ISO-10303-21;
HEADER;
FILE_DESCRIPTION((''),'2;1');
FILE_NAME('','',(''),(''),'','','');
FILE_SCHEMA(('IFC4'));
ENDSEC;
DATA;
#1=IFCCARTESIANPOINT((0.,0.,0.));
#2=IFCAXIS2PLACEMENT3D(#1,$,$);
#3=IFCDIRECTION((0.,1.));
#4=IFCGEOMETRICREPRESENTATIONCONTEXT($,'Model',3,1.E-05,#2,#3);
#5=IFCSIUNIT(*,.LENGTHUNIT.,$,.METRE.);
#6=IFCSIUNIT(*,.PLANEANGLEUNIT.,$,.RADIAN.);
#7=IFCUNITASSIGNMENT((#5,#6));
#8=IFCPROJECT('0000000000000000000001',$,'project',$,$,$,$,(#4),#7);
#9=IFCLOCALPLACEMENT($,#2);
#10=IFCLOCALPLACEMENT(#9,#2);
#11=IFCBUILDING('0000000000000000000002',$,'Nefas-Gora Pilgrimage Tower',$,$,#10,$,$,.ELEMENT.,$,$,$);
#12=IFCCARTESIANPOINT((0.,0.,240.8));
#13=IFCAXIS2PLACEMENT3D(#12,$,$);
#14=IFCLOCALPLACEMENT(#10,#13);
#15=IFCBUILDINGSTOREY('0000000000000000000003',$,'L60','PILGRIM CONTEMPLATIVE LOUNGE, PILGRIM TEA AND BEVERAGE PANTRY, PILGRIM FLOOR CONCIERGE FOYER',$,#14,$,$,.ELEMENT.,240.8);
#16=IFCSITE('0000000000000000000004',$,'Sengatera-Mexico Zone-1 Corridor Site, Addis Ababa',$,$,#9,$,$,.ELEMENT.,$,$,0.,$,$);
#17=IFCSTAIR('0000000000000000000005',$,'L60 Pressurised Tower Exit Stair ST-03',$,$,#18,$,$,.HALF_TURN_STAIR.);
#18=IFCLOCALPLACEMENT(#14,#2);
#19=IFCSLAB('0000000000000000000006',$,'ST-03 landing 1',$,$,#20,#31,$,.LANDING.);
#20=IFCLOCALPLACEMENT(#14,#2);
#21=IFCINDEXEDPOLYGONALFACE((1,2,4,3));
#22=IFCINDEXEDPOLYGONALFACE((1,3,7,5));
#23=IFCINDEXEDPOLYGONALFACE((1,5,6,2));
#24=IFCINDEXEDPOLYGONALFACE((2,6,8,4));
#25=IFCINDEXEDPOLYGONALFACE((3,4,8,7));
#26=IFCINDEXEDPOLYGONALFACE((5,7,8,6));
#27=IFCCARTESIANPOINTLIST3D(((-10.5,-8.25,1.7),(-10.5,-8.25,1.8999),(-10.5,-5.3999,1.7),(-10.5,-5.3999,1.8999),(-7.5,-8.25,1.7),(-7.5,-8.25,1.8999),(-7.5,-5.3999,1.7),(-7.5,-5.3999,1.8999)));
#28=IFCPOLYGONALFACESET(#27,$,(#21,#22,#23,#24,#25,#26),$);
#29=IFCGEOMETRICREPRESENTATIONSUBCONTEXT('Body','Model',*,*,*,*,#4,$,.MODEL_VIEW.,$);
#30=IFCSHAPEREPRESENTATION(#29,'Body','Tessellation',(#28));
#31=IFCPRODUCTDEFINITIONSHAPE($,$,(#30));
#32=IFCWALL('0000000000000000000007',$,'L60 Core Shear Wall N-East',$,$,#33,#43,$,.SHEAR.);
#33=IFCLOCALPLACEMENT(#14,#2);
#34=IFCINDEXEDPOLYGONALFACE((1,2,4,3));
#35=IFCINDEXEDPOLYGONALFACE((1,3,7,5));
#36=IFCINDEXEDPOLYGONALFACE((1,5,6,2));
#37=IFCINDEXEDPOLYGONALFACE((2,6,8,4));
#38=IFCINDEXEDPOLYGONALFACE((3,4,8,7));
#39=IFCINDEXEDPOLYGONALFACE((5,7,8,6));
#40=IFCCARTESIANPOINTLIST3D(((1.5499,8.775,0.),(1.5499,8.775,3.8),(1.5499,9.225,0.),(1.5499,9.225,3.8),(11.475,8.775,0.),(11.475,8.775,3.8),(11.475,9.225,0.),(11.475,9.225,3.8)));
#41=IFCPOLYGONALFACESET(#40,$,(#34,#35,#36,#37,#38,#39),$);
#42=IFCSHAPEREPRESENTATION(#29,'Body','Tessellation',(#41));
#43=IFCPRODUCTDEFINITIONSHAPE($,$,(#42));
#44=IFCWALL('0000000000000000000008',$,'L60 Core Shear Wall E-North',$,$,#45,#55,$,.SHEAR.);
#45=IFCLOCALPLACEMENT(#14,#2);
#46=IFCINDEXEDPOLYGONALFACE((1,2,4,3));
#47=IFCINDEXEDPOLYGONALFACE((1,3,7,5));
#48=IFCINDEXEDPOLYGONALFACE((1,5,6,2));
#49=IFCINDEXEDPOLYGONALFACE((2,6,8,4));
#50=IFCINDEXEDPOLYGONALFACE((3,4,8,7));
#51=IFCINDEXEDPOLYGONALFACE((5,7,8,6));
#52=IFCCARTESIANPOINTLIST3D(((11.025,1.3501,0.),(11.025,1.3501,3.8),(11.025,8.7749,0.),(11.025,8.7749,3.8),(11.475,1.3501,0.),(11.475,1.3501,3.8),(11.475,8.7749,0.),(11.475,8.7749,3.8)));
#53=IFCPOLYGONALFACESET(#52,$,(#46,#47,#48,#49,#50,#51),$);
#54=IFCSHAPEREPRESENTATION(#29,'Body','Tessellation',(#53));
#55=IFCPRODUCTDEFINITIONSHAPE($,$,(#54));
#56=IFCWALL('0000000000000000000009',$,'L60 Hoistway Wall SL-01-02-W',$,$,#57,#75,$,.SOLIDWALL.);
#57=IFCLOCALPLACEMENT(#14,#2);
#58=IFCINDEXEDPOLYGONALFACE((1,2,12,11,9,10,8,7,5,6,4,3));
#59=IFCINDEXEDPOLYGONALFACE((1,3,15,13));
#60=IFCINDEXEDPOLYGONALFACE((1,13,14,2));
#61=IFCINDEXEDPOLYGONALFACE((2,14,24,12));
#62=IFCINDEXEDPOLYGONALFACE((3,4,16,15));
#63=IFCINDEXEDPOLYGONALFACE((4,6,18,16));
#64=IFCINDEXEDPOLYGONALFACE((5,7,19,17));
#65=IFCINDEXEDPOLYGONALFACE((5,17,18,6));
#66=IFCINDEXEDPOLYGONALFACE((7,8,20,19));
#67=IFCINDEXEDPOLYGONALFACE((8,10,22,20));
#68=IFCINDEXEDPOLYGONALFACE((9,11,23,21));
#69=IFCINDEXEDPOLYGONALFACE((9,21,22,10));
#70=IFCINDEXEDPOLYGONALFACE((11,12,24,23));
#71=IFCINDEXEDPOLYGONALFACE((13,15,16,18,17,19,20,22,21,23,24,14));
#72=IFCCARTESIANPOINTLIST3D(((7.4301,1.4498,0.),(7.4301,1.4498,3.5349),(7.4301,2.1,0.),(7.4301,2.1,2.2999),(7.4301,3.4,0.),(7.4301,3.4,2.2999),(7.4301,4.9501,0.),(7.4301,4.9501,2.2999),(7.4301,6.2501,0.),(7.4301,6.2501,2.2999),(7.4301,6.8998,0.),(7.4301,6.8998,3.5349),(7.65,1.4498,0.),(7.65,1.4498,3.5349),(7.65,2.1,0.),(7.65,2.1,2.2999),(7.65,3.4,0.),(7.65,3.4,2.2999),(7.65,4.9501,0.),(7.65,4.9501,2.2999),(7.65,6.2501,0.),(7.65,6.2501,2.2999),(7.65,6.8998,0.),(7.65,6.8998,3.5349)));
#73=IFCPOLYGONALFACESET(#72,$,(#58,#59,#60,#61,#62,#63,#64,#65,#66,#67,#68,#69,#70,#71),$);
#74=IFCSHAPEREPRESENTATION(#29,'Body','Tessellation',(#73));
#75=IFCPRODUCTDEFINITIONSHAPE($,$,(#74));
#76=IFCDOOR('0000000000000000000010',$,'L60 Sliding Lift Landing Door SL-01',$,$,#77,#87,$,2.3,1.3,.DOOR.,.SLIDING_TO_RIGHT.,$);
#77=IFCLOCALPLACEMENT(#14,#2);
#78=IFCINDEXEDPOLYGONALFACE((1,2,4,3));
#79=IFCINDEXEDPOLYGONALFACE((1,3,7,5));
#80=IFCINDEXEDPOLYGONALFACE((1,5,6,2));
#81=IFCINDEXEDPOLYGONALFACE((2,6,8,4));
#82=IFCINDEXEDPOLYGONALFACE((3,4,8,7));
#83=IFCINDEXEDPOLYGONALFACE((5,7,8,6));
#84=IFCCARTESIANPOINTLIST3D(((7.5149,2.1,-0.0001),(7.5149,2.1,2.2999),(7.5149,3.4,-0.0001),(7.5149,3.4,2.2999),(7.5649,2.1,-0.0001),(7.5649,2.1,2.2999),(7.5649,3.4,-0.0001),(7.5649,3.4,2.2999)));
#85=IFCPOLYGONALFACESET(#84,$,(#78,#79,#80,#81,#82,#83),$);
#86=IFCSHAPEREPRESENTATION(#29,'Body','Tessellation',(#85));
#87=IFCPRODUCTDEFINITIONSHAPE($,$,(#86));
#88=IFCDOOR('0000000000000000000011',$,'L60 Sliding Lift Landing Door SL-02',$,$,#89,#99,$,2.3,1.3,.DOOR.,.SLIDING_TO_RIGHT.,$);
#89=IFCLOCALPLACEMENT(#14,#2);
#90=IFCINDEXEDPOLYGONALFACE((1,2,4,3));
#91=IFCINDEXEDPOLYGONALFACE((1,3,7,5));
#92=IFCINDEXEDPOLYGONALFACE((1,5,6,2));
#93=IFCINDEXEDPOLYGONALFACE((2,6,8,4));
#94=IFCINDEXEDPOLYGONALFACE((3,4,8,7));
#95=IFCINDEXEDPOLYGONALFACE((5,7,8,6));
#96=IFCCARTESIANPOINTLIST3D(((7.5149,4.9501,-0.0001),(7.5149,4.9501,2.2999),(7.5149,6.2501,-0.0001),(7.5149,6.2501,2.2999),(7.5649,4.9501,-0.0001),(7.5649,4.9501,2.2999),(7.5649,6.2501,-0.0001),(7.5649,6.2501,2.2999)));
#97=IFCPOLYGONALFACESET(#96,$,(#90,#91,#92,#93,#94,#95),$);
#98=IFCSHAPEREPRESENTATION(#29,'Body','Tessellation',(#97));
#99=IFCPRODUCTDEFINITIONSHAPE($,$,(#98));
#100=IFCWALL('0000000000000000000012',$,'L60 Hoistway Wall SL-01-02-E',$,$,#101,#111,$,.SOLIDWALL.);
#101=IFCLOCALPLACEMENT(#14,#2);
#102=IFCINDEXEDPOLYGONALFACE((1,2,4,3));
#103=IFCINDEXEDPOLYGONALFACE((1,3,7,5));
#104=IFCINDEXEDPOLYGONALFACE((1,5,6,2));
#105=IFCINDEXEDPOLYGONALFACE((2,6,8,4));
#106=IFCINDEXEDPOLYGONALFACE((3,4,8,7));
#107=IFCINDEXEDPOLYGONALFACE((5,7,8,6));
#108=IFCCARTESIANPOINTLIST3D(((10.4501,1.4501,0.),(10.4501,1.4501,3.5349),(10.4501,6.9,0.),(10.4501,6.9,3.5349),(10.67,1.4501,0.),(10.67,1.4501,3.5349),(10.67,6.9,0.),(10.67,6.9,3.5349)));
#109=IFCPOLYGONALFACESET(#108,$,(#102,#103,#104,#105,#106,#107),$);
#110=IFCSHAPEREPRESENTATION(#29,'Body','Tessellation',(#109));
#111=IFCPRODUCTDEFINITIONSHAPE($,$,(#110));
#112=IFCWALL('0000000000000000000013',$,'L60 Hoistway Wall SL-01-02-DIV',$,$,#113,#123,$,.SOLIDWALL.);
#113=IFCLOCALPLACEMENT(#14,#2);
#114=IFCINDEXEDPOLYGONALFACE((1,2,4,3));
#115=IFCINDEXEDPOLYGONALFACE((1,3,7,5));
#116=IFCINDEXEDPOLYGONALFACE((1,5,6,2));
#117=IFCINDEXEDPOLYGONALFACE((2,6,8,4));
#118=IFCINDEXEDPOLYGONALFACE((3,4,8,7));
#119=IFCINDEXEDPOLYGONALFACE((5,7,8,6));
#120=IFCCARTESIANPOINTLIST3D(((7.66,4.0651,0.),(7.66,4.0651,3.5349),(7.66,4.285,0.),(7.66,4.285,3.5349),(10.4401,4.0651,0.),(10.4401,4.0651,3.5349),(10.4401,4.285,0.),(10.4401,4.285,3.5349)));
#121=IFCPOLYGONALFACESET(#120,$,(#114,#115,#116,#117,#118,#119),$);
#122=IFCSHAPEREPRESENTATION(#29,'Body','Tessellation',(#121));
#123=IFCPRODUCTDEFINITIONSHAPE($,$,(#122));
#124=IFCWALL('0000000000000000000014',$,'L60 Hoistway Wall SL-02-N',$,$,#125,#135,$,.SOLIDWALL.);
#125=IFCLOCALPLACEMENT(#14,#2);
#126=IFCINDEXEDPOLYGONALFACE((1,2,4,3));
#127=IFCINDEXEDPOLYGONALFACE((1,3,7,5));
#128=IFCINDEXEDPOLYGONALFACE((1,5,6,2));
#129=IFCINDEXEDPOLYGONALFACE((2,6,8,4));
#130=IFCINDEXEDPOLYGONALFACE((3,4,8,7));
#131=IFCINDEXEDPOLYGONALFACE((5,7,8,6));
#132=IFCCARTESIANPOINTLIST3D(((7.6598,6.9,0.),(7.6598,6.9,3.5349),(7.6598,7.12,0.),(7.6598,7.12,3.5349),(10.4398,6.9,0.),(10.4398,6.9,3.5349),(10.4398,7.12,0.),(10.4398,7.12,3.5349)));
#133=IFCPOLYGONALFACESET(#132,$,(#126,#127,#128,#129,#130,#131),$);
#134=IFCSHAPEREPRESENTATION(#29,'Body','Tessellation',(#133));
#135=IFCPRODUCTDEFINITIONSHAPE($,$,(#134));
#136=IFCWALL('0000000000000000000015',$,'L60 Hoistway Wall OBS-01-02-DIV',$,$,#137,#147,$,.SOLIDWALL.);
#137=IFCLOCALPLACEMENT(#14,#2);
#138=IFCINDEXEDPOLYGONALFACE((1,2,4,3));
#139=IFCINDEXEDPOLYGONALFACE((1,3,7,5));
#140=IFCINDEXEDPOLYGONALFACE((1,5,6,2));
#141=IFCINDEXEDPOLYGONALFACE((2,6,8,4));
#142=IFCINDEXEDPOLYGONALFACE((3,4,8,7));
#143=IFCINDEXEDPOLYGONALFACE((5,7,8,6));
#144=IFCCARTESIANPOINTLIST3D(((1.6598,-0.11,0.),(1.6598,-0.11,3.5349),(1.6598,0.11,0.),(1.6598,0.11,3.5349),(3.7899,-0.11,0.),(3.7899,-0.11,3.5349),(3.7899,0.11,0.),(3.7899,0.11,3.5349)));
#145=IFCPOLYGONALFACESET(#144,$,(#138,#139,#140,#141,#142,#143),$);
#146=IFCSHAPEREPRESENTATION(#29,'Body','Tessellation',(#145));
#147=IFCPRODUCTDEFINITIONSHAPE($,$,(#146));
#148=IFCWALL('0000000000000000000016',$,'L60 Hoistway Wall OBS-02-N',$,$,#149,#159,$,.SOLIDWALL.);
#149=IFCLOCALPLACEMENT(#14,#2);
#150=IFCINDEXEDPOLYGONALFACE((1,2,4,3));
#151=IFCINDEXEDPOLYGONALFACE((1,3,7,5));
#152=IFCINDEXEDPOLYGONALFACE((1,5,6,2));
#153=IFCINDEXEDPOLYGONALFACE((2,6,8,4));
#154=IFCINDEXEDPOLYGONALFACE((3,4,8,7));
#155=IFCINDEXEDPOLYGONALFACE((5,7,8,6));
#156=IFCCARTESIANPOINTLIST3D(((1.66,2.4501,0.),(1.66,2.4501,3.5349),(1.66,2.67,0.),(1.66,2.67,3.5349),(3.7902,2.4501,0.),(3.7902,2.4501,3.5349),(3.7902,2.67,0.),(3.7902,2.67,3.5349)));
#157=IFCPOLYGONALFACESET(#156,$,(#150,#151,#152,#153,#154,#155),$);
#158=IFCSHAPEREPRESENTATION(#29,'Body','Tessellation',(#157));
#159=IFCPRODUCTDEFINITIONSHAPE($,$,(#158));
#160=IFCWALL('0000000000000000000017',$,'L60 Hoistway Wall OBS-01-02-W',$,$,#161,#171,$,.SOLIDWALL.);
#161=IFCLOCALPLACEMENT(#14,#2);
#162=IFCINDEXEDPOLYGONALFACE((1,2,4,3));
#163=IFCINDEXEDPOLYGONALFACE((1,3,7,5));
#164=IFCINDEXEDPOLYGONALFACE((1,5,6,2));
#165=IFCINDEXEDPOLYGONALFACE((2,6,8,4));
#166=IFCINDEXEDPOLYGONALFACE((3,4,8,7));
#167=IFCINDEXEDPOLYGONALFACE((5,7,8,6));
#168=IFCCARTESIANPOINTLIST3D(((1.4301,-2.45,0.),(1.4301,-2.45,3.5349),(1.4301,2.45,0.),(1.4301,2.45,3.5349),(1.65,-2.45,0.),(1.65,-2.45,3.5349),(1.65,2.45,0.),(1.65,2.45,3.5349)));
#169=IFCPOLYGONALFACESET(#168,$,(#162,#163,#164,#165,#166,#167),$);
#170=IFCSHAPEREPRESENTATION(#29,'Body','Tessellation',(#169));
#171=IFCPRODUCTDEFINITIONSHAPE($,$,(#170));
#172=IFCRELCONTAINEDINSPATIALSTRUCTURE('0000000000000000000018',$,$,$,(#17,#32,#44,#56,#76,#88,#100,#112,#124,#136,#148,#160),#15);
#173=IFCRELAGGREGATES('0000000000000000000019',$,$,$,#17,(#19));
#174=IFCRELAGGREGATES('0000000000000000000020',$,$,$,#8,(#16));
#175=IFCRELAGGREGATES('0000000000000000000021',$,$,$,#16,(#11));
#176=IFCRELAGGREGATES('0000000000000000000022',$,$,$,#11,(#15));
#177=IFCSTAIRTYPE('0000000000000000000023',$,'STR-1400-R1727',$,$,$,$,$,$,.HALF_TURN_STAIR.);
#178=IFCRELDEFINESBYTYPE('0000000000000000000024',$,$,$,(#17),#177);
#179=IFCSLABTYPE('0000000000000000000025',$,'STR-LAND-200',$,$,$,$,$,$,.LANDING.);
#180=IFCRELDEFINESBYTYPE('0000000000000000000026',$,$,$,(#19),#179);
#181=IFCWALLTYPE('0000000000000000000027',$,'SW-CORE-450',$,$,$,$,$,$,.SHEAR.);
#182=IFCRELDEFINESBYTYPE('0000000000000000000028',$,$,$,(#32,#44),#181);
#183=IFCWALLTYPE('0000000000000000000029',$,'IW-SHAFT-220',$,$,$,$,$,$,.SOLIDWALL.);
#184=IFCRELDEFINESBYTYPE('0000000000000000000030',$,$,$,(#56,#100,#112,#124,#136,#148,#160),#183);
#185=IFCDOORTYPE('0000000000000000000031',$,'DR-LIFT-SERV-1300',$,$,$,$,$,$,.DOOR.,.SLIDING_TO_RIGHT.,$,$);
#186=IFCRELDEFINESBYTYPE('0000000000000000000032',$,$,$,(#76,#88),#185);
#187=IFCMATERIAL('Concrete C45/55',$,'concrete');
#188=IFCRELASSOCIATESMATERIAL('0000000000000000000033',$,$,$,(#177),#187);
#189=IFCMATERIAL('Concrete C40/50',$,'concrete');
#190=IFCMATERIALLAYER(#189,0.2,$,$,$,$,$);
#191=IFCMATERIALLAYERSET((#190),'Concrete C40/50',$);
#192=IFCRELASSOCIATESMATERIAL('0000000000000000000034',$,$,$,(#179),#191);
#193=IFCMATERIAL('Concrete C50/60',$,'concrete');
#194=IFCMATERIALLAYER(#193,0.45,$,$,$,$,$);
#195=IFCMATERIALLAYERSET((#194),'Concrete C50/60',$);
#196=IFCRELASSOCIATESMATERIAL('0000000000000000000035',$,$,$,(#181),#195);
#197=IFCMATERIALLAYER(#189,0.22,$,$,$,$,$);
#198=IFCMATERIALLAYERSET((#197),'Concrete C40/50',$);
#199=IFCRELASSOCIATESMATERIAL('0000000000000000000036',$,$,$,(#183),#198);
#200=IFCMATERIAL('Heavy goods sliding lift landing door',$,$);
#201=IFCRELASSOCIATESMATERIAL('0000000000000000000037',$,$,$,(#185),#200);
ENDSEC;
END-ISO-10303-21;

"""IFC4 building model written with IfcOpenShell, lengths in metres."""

from ifc_helpers import new_model, si_unit, direction, frame, frame_2d, origin, place, context, subcontext, project, spatial, polyline, rectangle, outline, extrude, source, transform, mapped, material, layer, layer_set, type_object, element, fill, aggregate, save


model = new_model("IFC4")

# Units and contexts
model_context = context("Model", 3, precision=1e-05, world=origin(), true_north=direction((0.0, 1.0)))
body_context = subcontext(model_context, "Body", "Model", "MODEL_VIEW")
ifc_project = project(units=[si_unit("LENGTHUNIT", "METRE"), si_unit("PLANEANGLEUNIT", "RADIAN")], contexts=[model_context])

# Site, building, storey
site_placement = place(None, origin())
site = spatial("IfcSite", under=ifc_project, at=site_placement, Name="Sengatera-Mexico Zone-1 Corridor Site, Addis Ababa", CompositionType="ELEMENT", RefElevation=0.0)
building_placement = place(site_placement, origin())
building = spatial("IfcBuilding", under=site, at=building_placement, Name="Nefas-Gora Pilgrimage Tower", CompositionType="ELEMENT")
storey_placement = place(building_placement, frame((0.0, 0.0, 240.8)))
storey = spatial("IfcBuildingStorey", under=building, at=storey_placement, Name="L60", Description="PILGRIM CONTEMPLATIVE LOUNGE, PILGRIM TEA AND BEVERAGE PANTRY, PILGRIM FLOOR CONCIERGE FOYER", CompositionType="ELEMENT", Elevation=240.8)

# Stair, slab
ifc_material_1 = material(Name="Concrete C45/55", Category="concrete")
stair_type = type_object("IfcStairType", Name="STR-1400-R1727", PredefinedType="HALF_TURN_STAIR", material=ifc_material_1)
ifc_material_2 = material(Name="Concrete C40/50", Category="concrete")
ifc_layer_1 = layer(ifc_material_2, 0.2)
ifc_layer_set_1 = layer_set([ifc_layer_1], Name="Concrete C40/50")
slab_type = type_object("IfcSlabType", Name="STR-LAND-200", PredefinedType="LANDING", material=ifc_layer_set_1)
stair_1_placement = place(storey_placement, origin())
stair_1 = element("IfcStair", 1, at=stair_1_placement, inside=storey, type_object=stair_type, Name="L60 Pressurised Tower Exit Stair ST-03", PredefinedType="HALF_TURN_STAIR")
slab_1_placement = place(storey_placement, frame((0.0, 0.0, 1.7)))
slab_1 = element("IfcSlab", 2, at=slab_1_placement, type_object=slab_type, Name="ST-03 landing 1", PredefinedType="LANDING", context=body_context, shape_type="SweptSolid", body=[
    extrude(outline(polyline([(-10.5, -5.3999), (-10.5, -8.25), (-7.5, -8.25), (-7.5, -5.3999), (-10.5, -5.3999)])), origin(), (0.0, 0.0, 1.0), 0.2),
])
aggregate(stair_1, [slab_1])

# Walls
ifc_material_3 = material(Name="Concrete C50/60", Category="concrete")
ifc_layer_2 = layer(ifc_material_3, 0.45)
ifc_layer_set_2 = layer_set([ifc_layer_2], Name="Concrete C50/60")
wall_type_1 = type_object("IfcWallType", Name="SW-CORE-450", PredefinedType="SHEAR", material=ifc_layer_set_2)
shared_shape_1 = source(origin(), body_context, "Body", "SweptSolid", [
    extrude(rectangle(XDim=9.925, YDim=0.45, at=frame_2d((4.9624, 0.0))), origin(), (0.0, 0.0, 1.0), 3.8),
])
wall_1_placement = place(storey_placement, frame((1.55, 9.0, 0.0), z_axis=(0.0, 0.0, 1.0), x_axis=(1.0, 0.0, 0.0)))
element("IfcWall", 3, at=wall_1_placement, inside=storey, type_object=wall_type_1, Name="L60 Core Shear Wall N-East", PredefinedType="SHEAR", context=body_context, shape_type="MappedRepresentation", body=[
    mapped(shared_shape_1, transform((0.0, 0.0, 0.0), x_axis=(1.0, 0.0, 0.0), y_axis=(0.0, 1.0, 0.0), z_axis=(0.0, 0.0, 1.0), scale=1.0)),
])
shared_shape_2 = source(origin(), body_context, "Body", "SweptSolid", [
    extrude(rectangle(XDim=7.4248, YDim=0.45, at=frame_2d((3.7124, 0.0))), origin(), (0.0, 0.0, 1.0), 3.8),
])
wall_2_placement = place(storey_placement, frame((11.25, 1.3501, 0.0), z_axis=(0.0, 0.0, 1.0), x_axis=(0.0, 1.0, 0.0)))
element("IfcWall", 4, at=wall_2_placement, inside=storey, type_object=wall_type_1, Name="L60 Core Shear Wall E-North", PredefinedType="SHEAR", context=body_context, shape_type="MappedRepresentation", body=[
    mapped(shared_shape_2, transform((0.0, 0.0, 0.0), x_axis=(1.0, 0.0, 0.0), y_axis=(0.0, 1.0, 0.0), z_axis=(0.0, 0.0, 1.0), scale=1.0)),
])

# Wall, openings, doors
ifc_layer_3 = layer(ifc_material_2, 0.22)
ifc_layer_set_3 = layer_set([ifc_layer_3], Name="Concrete C40/50")
wall_type_2 = type_object("IfcWallType", Name="IW-SHAFT-220", PredefinedType="SOLIDWALL", material=ifc_layer_set_3)
shared_shape_3 = source(origin(), body_context, "Body", "SweptSolid", [
    extrude(rectangle(XDim=5.45, YDim=0.22, at=frame_2d((2.7251, 0.0))), origin(), (0.0, 0.0, 1.0), 3.5349),
])
wall_3_placement = place(storey_placement, frame((7.54, 6.8999, 0.0), z_axis=(0.0, 0.0, 1.0), x_axis=(0.0, -1.0, 0.0)))
wall_3 = element("IfcWall", 5, at=wall_3_placement, inside=storey, type_object=wall_type_2, Name="L60 Hoistway Wall SL-01-02-W", PredefinedType="SOLIDWALL", context=body_context, shape_type="MappedRepresentation", body=[
    mapped(shared_shape_3, transform((0.0, 0.0, 0.0), x_axis=(1.0, 0.0, 0.0), y_axis=(0.0, 1.0, 0.0), z_axis=(0.0, 0.0, 1.0), scale=1.0)),
])
opening_1_placement = place(wall_3_placement, frame((3.5, 0.0, 0.0)))
opening_1 = element("IfcOpeningElement", 6, at=opening_1_placement, cuts=wall_3, PredefinedType="OPENING", context=body_context, shape_type="SweptSolid", body=[
    extrude(rectangle(XDim=1.3, YDim=2.3, at=frame_2d((0.6499, 1.1499))), frame((0.0, 0.1199, 0.0), z_axis=(0.0, -1.0, 0.0), x_axis=(1.0, 0.0, 0.0)), (0.0, 0.0, 1.0), 0.24),
])
opening_2_placement = place(wall_3_placement, frame((0.6499, 0.0, 0.0)))
opening_2 = element("IfcOpeningElement", 7, at=opening_2_placement, cuts=wall_3, PredefinedType="OPENING", context=body_context, shape_type="SweptSolid", body=[
    extrude(rectangle(XDim=1.3, YDim=2.3, at=frame_2d((0.6499, 1.1499))), frame((0.0, 0.1199, 0.0), z_axis=(0.0, -1.0, 0.0), x_axis=(1.0, 0.0, 0.0)), (0.0, 0.0, 1.0), 0.24),
])
ifc_material_4 = material(Name="Heavy goods sliding lift landing door")
door_type_1 = type_object("IfcDoorType", Name="DR-LIFT-SERV-1300", OperationType="SLIDING_TO_RIGHT", PredefinedType="DOOR", material=ifc_material_4)
shared_shape_4 = source(origin(), body_context, "Body", "SweptSolid", [
    extrude(rectangle(XDim=1.3, YDim=2.3, at=frame_2d((0.6499, 1.1499))), frame((0.0, 0.0249, 0.0), z_axis=(0.0, -1.0, 0.0), x_axis=(1.0, 0.0, 0.0)), (0.0, 0.0, 1.0), 0.05),
])
door_1_placement = place(opening_1_placement, origin())
door_1 = element("IfcDoor", 8, at=door_1_placement, inside=storey, type_object=door_type_1, Name="L60 Sliding Lift Landing Door SL-01", OperationType="SLIDING_TO_RIGHT", OverallHeight=2.3, OverallWidth=1.3, PredefinedType="DOOR", context=body_context, shape_type="MappedRepresentation", body=[
    mapped(shared_shape_4, transform((0.0, 0.0, 0.0), x_axis=(1.0, 0.0, 0.0), y_axis=(0.0, 1.0, 0.0), z_axis=(0.0, 0.0, 1.0), scale=1.0)),
])
fill(opening_1, door_1)
door_2_placement = place(opening_2_placement, origin())
door_2 = element("IfcDoor", 9, at=door_2_placement, inside=storey, type_object=door_type_1, Name="L60 Sliding Lift Landing Door SL-02", OperationType="SLIDING_TO_RIGHT", OverallHeight=2.3, OverallWidth=1.3, PredefinedType="DOOR", context=body_context, shape_type="MappedRepresentation", body=[
    mapped(shared_shape_4, transform((0.0, 0.0, 0.0), x_axis=(1.0, 0.0, 0.0), y_axis=(0.0, 1.0, 0.0), z_axis=(0.0, 0.0, 1.0), scale=1.0)),
])
fill(opening_2, door_2)

# Walls
wall_4_placement = place(storey_placement, frame((10.5601, 1.45, 0.0), z_axis=(0.0, 0.0, 1.0), x_axis=(0.0, 1.0, 0.0)))
element("IfcWall", 10, at=wall_4_placement, inside=storey, type_object=wall_type_2, Name="L60 Hoistway Wall SL-01-02-E", PredefinedType="SOLIDWALL", context=body_context, shape_type="MappedRepresentation", body=[
    mapped(shared_shape_3, transform((0.0, 0.0, 0.0), x_axis=(1.0, 0.0, 0.0), y_axis=(0.0, 1.0, 0.0), z_axis=(0.0, 0.0, 1.0), scale=1.0)),
])
shared_shape_5 = source(origin(), body_context, "Body", "SweptSolid", [
    extrude(rectangle(XDim=2.78, YDim=0.22, at=frame_2d((1.3901, 0.0))), origin(), (0.0, 0.0, 1.0), 3.5349),
])
for number, where, z_axis, x_axis, name in (
    (11, (7.6599, 4.175, 0.0), (0.0, 0.0, 1.0), (1.0, 0.0, 0.0), "L60 Hoistway Wall SL-01-02-DIV"),
    (12, (10.4399, 7.01, 0.0), (0.0, 0.0, 1.0), (-1.0, 0.0, 0.0), "L60 Hoistway Wall SL-02-N"),
):
    element("IfcWall", number, at=place(storey_placement, frame(where, z_axis=z_axis, x_axis=x_axis)), inside=storey, type_object=wall_type_2, Name=name, PredefinedType="SOLIDWALL", context=body_context, shape_type="MappedRepresentation", body=[
        mapped(shared_shape_5, transform((0.0, 0.0, 0.0), x_axis=(1.0, 0.0, 0.0), y_axis=(0.0, 1.0, 0.0), z_axis=(0.0, 0.0, 1.0), scale=1.0)),
    ])
shared_shape_6 = source(origin(), body_context, "Body", "SweptSolid", [
    extrude(rectangle(XDim=2.1301, YDim=0.22, at=frame_2d((1.0649, 0.0))), origin(), (0.0, 0.0, 1.0), 3.5349),
])
for number, where, z_axis, x_axis, name in (
    (13, (1.6599, 0.0, 0.0), (0.0, 0.0, 1.0), (1.0, 0.0, 0.0), "L60 Hoistway Wall OBS-01-02-DIV"),
    (14, (3.79, 2.5601, 0.0), (0.0, 0.0, 1.0), (-1.0, 0.0, 0.0), "L60 Hoistway Wall OBS-02-N"),
):
    element("IfcWall", number, at=place(storey_placement, frame(where, z_axis=z_axis, x_axis=x_axis)), inside=storey, type_object=wall_type_2, Name=name, PredefinedType="SOLIDWALL", context=body_context, shape_type="MappedRepresentation", body=[
        mapped(shared_shape_6, transform((0.0, 0.0, 0.0), x_axis=(1.0, 0.0, 0.0), y_axis=(0.0, 1.0, 0.0), z_axis=(0.0, 0.0, 1.0), scale=1.0)),
    ])
shared_shape_7 = source(origin(), body_context, "Body", "SweptSolid", [
    extrude(rectangle(XDim=4.8999, YDim=0.22, at=frame_2d((2.45, 0.0))), origin(), (0.0, 0.0, 1.0), 3.5349),
])
wall_5_placement = place(storey_placement, frame((1.54, 2.45, 0.0), z_axis=(0.0, 0.0, 1.0), x_axis=(0.0, -1.0, 0.0)))
element("IfcWall", 15, at=wall_5_placement, inside=storey, type_object=wall_type_2, Name="L60 Hoistway Wall OBS-01-02-W", PredefinedType="SOLIDWALL", context=body_context, shape_type="MappedRepresentation", body=[
    mapped(shared_shape_7, transform((0.0, 0.0, 0.0), x_axis=(1.0, 0.0, 0.0), y_axis=(0.0, 1.0, 0.0), z_axis=(0.0, 0.0, 1.0), scale=1.0)),
])

save(model, "model.ifc")
